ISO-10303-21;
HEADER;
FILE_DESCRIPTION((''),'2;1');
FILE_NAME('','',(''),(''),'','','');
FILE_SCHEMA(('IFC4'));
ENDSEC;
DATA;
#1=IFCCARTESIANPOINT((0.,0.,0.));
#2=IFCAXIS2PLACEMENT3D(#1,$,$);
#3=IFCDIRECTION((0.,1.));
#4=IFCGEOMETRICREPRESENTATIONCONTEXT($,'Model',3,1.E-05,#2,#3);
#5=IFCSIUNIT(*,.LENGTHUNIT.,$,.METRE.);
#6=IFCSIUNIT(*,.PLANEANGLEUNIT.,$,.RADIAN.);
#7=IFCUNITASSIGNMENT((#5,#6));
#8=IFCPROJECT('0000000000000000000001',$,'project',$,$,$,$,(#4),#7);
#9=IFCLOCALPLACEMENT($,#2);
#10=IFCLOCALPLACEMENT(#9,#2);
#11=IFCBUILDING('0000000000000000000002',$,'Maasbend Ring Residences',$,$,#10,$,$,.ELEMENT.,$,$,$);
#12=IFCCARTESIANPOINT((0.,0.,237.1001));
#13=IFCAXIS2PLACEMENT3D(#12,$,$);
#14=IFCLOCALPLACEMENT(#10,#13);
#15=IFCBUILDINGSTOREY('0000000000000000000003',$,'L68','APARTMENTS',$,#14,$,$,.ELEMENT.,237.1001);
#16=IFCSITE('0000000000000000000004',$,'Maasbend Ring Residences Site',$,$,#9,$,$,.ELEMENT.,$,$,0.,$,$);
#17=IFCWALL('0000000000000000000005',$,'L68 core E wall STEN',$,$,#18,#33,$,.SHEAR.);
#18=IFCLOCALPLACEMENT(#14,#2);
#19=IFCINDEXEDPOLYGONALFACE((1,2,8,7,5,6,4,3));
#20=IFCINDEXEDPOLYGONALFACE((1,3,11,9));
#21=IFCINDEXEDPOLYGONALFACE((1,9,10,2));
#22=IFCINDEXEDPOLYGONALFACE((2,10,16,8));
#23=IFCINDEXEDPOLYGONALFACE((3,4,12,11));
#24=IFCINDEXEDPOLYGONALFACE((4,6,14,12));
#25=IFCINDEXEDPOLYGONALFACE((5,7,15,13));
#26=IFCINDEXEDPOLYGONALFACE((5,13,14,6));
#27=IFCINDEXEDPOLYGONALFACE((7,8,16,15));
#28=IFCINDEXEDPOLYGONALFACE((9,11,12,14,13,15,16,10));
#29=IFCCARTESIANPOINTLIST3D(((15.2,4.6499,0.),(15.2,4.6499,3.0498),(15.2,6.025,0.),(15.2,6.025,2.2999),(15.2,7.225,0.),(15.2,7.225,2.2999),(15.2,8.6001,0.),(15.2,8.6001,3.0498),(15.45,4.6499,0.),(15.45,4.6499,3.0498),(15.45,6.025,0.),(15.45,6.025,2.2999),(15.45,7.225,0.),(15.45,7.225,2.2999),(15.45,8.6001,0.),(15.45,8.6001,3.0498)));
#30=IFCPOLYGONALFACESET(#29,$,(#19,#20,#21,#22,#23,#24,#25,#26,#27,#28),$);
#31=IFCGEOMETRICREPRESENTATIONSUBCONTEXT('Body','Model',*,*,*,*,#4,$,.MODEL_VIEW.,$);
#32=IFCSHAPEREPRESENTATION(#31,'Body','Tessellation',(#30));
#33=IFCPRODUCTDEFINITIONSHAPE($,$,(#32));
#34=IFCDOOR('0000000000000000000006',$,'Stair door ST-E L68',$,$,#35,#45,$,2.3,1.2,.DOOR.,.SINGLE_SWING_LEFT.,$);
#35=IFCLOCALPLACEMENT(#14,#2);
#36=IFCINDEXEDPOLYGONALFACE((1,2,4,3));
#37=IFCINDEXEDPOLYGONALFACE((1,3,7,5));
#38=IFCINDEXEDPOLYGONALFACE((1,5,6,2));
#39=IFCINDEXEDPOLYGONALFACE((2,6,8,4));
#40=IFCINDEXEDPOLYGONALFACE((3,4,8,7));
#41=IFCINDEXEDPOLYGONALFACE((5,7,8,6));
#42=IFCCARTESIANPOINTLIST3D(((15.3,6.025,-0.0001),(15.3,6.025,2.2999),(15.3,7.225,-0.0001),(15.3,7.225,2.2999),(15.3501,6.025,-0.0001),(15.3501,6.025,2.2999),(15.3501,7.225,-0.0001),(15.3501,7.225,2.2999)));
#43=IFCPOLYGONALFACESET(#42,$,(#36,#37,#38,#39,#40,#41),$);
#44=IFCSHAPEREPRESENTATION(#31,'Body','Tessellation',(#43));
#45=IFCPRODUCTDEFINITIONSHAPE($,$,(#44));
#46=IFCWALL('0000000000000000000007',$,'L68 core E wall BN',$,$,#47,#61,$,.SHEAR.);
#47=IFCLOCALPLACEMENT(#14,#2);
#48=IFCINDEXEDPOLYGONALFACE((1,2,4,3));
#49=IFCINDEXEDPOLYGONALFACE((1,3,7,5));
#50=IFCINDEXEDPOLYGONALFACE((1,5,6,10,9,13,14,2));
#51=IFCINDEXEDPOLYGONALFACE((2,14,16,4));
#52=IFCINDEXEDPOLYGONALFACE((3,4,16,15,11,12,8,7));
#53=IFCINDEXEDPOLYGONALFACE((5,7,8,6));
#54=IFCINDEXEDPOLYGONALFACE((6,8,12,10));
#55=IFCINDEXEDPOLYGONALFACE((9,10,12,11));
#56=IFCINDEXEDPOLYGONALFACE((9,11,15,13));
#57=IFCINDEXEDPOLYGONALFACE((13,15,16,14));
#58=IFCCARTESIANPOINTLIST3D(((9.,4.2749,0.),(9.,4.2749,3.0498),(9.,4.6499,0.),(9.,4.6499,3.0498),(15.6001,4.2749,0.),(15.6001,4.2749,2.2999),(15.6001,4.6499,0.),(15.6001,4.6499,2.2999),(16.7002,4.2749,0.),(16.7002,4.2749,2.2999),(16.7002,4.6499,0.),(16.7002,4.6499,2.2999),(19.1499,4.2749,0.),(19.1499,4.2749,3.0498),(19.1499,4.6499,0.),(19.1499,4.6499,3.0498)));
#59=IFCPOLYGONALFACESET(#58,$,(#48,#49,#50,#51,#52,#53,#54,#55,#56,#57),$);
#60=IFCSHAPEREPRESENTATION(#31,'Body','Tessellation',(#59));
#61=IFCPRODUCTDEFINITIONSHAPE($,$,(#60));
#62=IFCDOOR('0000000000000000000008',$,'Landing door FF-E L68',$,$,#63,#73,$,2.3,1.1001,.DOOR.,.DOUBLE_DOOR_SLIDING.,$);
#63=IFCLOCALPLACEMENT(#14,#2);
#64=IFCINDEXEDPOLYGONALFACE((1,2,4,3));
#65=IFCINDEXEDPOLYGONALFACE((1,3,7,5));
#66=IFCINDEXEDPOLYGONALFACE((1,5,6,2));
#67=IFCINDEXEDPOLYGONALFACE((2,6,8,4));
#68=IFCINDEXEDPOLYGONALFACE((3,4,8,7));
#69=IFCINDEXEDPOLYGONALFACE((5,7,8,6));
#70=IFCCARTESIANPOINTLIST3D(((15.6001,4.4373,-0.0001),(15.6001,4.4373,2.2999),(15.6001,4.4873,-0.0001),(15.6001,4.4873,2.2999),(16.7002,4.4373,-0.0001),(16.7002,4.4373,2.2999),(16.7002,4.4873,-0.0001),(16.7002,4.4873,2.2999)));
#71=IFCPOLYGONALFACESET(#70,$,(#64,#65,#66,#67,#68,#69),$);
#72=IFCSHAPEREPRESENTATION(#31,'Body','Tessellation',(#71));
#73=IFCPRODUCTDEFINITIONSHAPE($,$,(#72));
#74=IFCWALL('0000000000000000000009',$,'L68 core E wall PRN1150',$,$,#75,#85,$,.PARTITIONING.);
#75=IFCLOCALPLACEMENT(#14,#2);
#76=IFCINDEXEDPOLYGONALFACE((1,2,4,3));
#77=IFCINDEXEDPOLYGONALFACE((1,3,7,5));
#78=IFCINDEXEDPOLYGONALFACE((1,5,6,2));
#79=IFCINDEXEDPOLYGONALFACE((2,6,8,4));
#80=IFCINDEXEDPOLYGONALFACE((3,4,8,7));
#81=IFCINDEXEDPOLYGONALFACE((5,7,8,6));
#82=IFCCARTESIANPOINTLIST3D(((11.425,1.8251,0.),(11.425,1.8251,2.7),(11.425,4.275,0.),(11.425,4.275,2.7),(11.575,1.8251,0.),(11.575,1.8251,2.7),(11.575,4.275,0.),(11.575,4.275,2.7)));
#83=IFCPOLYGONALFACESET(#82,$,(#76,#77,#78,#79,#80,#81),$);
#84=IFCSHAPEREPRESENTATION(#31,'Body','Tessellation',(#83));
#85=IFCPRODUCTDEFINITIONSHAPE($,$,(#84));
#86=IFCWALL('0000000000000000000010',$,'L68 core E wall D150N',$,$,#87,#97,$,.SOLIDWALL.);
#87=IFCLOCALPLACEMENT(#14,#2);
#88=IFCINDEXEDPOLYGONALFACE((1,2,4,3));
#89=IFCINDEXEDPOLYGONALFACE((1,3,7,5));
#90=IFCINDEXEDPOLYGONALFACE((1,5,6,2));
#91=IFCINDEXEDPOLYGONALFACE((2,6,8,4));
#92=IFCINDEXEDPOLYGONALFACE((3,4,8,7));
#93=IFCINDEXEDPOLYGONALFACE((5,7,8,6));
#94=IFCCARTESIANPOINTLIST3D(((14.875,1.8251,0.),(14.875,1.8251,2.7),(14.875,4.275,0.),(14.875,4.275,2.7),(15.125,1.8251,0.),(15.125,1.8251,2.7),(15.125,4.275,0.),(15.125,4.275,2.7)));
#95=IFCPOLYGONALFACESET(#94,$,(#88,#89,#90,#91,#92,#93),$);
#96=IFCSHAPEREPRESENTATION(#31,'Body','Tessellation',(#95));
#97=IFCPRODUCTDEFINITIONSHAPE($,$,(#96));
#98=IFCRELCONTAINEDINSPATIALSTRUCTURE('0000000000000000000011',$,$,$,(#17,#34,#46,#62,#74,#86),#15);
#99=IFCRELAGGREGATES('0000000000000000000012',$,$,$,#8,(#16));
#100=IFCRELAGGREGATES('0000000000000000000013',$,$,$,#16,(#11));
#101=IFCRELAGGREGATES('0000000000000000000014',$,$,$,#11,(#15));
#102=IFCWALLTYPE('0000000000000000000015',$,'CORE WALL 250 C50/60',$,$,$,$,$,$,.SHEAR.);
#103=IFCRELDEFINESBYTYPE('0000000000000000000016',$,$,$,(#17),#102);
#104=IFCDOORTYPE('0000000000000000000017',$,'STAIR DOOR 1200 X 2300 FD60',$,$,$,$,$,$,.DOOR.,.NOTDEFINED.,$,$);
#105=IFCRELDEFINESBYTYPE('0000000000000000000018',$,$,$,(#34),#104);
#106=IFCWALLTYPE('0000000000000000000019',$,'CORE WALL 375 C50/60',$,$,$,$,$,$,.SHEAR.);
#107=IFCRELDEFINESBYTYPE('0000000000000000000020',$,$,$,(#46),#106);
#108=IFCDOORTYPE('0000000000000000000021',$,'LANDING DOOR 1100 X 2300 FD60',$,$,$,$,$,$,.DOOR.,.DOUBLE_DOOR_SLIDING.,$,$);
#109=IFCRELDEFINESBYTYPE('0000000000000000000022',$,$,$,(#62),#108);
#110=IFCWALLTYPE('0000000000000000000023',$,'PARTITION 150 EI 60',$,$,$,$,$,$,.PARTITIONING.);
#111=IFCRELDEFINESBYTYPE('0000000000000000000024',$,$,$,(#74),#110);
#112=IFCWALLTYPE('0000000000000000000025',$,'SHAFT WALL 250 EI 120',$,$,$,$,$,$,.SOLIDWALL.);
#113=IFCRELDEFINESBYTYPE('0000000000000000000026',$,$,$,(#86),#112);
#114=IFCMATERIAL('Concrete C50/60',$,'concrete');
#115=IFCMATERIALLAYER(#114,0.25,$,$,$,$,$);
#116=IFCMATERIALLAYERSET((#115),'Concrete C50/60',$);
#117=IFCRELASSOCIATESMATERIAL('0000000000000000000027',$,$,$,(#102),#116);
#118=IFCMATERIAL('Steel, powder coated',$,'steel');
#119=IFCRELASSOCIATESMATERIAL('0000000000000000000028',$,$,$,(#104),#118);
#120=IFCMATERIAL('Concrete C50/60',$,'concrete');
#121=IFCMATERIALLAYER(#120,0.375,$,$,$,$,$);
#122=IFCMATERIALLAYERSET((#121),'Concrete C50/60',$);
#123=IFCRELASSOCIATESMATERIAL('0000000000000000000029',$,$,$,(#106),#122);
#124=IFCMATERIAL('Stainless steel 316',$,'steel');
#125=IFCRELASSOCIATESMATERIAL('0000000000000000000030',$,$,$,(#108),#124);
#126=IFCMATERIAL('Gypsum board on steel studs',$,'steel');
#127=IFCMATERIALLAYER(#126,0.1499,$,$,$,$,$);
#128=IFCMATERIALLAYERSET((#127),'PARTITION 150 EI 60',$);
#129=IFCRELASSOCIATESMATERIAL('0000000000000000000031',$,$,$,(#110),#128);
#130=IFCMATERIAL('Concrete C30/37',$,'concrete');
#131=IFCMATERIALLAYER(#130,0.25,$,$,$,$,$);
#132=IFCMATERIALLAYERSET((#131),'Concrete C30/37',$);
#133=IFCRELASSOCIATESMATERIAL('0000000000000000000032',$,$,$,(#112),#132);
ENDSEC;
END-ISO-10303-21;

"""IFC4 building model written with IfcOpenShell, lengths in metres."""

from ifc_helpers import new_model, si_unit, direction, frame, frame_2d, origin, place, context, subcontext, project, spatial, rectangle, extrude, material, layer, layer_set, type_object, element, fill, save


model = new_model("IFC4")

# Units and contexts
model_context = context("Model", 3, precision=1e-05, world=origin(), true_north=direction((0.0, 1.0)))
body_context = subcontext(model_context, "Body", "Model", "MODEL_VIEW")
ifc_project = project(units=[si_unit("LENGTHUNIT", "METRE"), si_unit("PLANEANGLEUNIT", "RADIAN")], contexts=[model_context])

# Site, building, storey
site_placement = place(None, origin())
site = spatial("IfcSite", under=ifc_project, at=site_placement, Name="Maasbend Ring Residences Site", CompositionType="ELEMENT", RefElevation=0.0)
building_placement = place(site_placement, origin())
building = spatial("IfcBuilding", under=site, at=building_placement, Name="Maasbend Ring Residences", CompositionType="ELEMENT")
storey_placement = place(building_placement, frame((0.0, 0.0, 237.1001)))
storey = spatial("IfcBuildingStorey", under=building, at=storey_placement, Name="L68", Description="APARTMENTS", CompositionType="ELEMENT", Elevation=237.1001)

# Shared definitions
ifc_material_1 = material(Name="Concrete C50/60", Category="concrete")
ifc_layer_1 = layer(ifc_material_1, 0.25)
ifc_layer_set_1 = layer_set([ifc_layer_1], Name="Concrete C50/60")
wall_type_1 = type_object("IfcWallType", Name="CORE WALL 250 C50/60", PredefinedType="SHEAR", material=ifc_layer_set_1)

# Walls, openings, doors
wall_1_placement = place(storey_placement, frame((15.325, 4.6499, 0.0), z_axis=(0.0, 0.0, 1.0), x_axis=(0.0, 1.0, 0.0)))
wall_1 = element("IfcWall", 1, at=wall_1_placement, inside=storey, type_object=wall_type_1, Name="L68 core E wall STEN", PredefinedType="SHEAR", context=body_context, shape_type="SweptSolid", body=[
    extrude(rectangle(XDim=3.9502, YDim=0.25, at=frame_2d((1.9751, 0.0))), origin(), (0.0, 0.0, 1.0), 3.0498),
])
opening_1_placement = place(wall_1_placement, frame((1.375, 0.0, 0.0)))
opening_1 = element("IfcOpeningElement", 2, at=opening_1_placement, cuts=wall_1, PredefinedType="OPENING", context=body_context, shape_type="SweptSolid", body=[
    extrude(rectangle(XDim=1.2, YDim=2.3, at=frame_2d((0.6001, 1.1499))), frame((0.0, 0.135, 0.0), z_axis=(0.0, -1.0, 0.0), x_axis=(1.0, 0.0, 0.0)), (0.0, 0.0, 1.0), 0.27),
])
ifc_material_2 = material(Name="Steel, powder coated", Category="steel")
door_type_1 = type_object("IfcDoorType", Name="STAIR DOOR 1200 X 2300 FD60", OperationType="NOTDEFINED", PredefinedType="DOOR", material=ifc_material_2)
door_1_placement = place(opening_1_placement, origin())
door_1 = element("IfcDoor", 3, at=door_1_placement, inside=storey, type_object=door_type_1, Name="Stair door ST-E L68", OperationType="SINGLE_SWING_LEFT", OverallHeight=2.3, OverallWidth=1.2, PredefinedType="DOOR", context=body_context, shape_type="SweptSolid", body=[
    extrude(rectangle(XDim=1.2, YDim=2.3, at=frame_2d((0.6001, 1.1499))), frame((0.0, 0.0249, 0.0), z_axis=(0.0, -1.0, 0.0), x_axis=(1.0, 0.0, 0.0)), (0.0, 0.0, 1.0), 0.05),
])
fill(opening_1, door_1)
ifc_material_3 = material(Name="Concrete C50/60", Category="concrete")
ifc_layer_2 = layer(ifc_material_3, 0.375)
ifc_layer_set_2 = layer_set([ifc_layer_2], Name="Concrete C50/60")
wall_type_2 = type_object("IfcWallType", Name="CORE WALL 375 C50/60", PredefinedType="SHEAR", material=ifc_layer_set_2)
wall_2_placement = place(storey_placement, frame((9.0, 4.4624, 0.0), z_axis=(0.0, 0.0, 1.0), x_axis=(1.0, 0.0, 0.0)))
wall_2 = element("IfcWall", 4, at=wall_2_placement, inside=storey, type_object=wall_type_2, Name="L68 core E wall BN", PredefinedType="SHEAR", context=body_context, shape_type="SweptSolid", body=[
    extrude(rectangle(XDim=10.1499, YDim=0.375, at=frame_2d((5.075, 0.0))), origin(), (0.0, 0.0, 1.0), 3.0498),
])
opening_2_placement = place(wall_2_placement, frame((6.6001, 0.0, 0.0)))
opening_2 = element("IfcOpeningElement", 5, at=opening_2_placement, cuts=wall_2, PredefinedType="OPENING", context=body_context, shape_type="SweptSolid", body=[
    extrude(rectangle(XDim=1.1001, YDim=2.3, at=frame_2d((0.55, 1.1499))), frame((0.0, 0.1975, 0.0), z_axis=(0.0, -1.0, 0.0), x_axis=(1.0, 0.0, 0.0)), (0.0, 0.0, 1.0), 0.395),
])
ifc_material_4 = material(Name="Stainless steel 316", Category="steel")
door_type_2 = type_object("IfcDoorType", Name="LANDING DOOR 1100 X 2300 FD60", OperationType="DOUBLE_DOOR_SLIDING", PredefinedType="DOOR", material=ifc_material_4)
door_2_placement = place(opening_2_placement, origin())
door_2 = element("IfcDoor", 6, at=door_2_placement, inside=storey, type_object=door_type_2, Name="Landing door FF-E L68", OperationType="DOUBLE_DOOR_SLIDING", OverallHeight=2.3, OverallWidth=1.1001, PredefinedType="DOOR", context=body_context, shape_type="SweptSolid", body=[
    extrude(rectangle(XDim=1.1001, YDim=2.3, at=frame_2d((0.55, 1.1499))), frame((0.0, 0.0249, 0.0), z_axis=(0.0, -1.0, 0.0), x_axis=(1.0, 0.0, 0.0)), (0.0, 0.0, 1.0), 0.05),
])
fill(opening_2, door_2)

# Walls
ifc_material_5 = material(Name="Gypsum board on steel studs", Category="steel")
ifc_layer_3 = layer(ifc_material_5, 0.1499)
ifc_layer_set_3 = layer_set([ifc_layer_3], Name="PARTITION 150 EI 60")
wall_type_3 = type_object("IfcWallType", Name="PARTITION 150 EI 60", PredefinedType="PARTITIONING", material=ifc_layer_set_3)
wall_3_placement = place(storey_placement, frame((11.5, 1.825, 0.0), z_axis=(0.0, 0.0, 1.0), x_axis=(0.0, 1.0, 0.0)))
element("IfcWall", 7, at=wall_3_placement, inside=storey, type_object=wall_type_3, Name="L68 core E wall PRN1150", PredefinedType="PARTITIONING", context=body_context, shape_type="SweptSolid", body=[
    extrude(rectangle(XDim=2.45, YDim=0.1499, at=frame_2d((1.2251, 0.0))), origin(), (0.0, 0.0, 1.0), 2.7),
])
ifc_material_6 = material(Name="Concrete C30/37", Category="concrete")
ifc_layer_4 = layer(ifc_material_6, 0.25)
ifc_layer_set_4 = layer_set([ifc_layer_4], Name="Concrete C30/37")
wall_type_4 = type_object("IfcWallType", Name="SHAFT WALL 250 EI 120", PredefinedType="SOLIDWALL", material=ifc_layer_set_4)
wall_4_placement = place(storey_placement, frame((15.0, 1.825, 0.0), z_axis=(0.0, 0.0, 1.0), x_axis=(0.0, 1.0, 0.0)))
element("IfcWall", 8, at=wall_4_placement, inside=storey, type_object=wall_type_4, Name="L68 core E wall D150N", PredefinedType="SOLIDWALL", context=body_context, shape_type="SweptSolid", body=[
    extrude(rectangle(XDim=2.45, YDim=0.25, at=frame_2d((1.2251, 0.0))), origin(), (0.0, 0.0, 1.0), 2.7),
])

save(model, "model.ifc")
